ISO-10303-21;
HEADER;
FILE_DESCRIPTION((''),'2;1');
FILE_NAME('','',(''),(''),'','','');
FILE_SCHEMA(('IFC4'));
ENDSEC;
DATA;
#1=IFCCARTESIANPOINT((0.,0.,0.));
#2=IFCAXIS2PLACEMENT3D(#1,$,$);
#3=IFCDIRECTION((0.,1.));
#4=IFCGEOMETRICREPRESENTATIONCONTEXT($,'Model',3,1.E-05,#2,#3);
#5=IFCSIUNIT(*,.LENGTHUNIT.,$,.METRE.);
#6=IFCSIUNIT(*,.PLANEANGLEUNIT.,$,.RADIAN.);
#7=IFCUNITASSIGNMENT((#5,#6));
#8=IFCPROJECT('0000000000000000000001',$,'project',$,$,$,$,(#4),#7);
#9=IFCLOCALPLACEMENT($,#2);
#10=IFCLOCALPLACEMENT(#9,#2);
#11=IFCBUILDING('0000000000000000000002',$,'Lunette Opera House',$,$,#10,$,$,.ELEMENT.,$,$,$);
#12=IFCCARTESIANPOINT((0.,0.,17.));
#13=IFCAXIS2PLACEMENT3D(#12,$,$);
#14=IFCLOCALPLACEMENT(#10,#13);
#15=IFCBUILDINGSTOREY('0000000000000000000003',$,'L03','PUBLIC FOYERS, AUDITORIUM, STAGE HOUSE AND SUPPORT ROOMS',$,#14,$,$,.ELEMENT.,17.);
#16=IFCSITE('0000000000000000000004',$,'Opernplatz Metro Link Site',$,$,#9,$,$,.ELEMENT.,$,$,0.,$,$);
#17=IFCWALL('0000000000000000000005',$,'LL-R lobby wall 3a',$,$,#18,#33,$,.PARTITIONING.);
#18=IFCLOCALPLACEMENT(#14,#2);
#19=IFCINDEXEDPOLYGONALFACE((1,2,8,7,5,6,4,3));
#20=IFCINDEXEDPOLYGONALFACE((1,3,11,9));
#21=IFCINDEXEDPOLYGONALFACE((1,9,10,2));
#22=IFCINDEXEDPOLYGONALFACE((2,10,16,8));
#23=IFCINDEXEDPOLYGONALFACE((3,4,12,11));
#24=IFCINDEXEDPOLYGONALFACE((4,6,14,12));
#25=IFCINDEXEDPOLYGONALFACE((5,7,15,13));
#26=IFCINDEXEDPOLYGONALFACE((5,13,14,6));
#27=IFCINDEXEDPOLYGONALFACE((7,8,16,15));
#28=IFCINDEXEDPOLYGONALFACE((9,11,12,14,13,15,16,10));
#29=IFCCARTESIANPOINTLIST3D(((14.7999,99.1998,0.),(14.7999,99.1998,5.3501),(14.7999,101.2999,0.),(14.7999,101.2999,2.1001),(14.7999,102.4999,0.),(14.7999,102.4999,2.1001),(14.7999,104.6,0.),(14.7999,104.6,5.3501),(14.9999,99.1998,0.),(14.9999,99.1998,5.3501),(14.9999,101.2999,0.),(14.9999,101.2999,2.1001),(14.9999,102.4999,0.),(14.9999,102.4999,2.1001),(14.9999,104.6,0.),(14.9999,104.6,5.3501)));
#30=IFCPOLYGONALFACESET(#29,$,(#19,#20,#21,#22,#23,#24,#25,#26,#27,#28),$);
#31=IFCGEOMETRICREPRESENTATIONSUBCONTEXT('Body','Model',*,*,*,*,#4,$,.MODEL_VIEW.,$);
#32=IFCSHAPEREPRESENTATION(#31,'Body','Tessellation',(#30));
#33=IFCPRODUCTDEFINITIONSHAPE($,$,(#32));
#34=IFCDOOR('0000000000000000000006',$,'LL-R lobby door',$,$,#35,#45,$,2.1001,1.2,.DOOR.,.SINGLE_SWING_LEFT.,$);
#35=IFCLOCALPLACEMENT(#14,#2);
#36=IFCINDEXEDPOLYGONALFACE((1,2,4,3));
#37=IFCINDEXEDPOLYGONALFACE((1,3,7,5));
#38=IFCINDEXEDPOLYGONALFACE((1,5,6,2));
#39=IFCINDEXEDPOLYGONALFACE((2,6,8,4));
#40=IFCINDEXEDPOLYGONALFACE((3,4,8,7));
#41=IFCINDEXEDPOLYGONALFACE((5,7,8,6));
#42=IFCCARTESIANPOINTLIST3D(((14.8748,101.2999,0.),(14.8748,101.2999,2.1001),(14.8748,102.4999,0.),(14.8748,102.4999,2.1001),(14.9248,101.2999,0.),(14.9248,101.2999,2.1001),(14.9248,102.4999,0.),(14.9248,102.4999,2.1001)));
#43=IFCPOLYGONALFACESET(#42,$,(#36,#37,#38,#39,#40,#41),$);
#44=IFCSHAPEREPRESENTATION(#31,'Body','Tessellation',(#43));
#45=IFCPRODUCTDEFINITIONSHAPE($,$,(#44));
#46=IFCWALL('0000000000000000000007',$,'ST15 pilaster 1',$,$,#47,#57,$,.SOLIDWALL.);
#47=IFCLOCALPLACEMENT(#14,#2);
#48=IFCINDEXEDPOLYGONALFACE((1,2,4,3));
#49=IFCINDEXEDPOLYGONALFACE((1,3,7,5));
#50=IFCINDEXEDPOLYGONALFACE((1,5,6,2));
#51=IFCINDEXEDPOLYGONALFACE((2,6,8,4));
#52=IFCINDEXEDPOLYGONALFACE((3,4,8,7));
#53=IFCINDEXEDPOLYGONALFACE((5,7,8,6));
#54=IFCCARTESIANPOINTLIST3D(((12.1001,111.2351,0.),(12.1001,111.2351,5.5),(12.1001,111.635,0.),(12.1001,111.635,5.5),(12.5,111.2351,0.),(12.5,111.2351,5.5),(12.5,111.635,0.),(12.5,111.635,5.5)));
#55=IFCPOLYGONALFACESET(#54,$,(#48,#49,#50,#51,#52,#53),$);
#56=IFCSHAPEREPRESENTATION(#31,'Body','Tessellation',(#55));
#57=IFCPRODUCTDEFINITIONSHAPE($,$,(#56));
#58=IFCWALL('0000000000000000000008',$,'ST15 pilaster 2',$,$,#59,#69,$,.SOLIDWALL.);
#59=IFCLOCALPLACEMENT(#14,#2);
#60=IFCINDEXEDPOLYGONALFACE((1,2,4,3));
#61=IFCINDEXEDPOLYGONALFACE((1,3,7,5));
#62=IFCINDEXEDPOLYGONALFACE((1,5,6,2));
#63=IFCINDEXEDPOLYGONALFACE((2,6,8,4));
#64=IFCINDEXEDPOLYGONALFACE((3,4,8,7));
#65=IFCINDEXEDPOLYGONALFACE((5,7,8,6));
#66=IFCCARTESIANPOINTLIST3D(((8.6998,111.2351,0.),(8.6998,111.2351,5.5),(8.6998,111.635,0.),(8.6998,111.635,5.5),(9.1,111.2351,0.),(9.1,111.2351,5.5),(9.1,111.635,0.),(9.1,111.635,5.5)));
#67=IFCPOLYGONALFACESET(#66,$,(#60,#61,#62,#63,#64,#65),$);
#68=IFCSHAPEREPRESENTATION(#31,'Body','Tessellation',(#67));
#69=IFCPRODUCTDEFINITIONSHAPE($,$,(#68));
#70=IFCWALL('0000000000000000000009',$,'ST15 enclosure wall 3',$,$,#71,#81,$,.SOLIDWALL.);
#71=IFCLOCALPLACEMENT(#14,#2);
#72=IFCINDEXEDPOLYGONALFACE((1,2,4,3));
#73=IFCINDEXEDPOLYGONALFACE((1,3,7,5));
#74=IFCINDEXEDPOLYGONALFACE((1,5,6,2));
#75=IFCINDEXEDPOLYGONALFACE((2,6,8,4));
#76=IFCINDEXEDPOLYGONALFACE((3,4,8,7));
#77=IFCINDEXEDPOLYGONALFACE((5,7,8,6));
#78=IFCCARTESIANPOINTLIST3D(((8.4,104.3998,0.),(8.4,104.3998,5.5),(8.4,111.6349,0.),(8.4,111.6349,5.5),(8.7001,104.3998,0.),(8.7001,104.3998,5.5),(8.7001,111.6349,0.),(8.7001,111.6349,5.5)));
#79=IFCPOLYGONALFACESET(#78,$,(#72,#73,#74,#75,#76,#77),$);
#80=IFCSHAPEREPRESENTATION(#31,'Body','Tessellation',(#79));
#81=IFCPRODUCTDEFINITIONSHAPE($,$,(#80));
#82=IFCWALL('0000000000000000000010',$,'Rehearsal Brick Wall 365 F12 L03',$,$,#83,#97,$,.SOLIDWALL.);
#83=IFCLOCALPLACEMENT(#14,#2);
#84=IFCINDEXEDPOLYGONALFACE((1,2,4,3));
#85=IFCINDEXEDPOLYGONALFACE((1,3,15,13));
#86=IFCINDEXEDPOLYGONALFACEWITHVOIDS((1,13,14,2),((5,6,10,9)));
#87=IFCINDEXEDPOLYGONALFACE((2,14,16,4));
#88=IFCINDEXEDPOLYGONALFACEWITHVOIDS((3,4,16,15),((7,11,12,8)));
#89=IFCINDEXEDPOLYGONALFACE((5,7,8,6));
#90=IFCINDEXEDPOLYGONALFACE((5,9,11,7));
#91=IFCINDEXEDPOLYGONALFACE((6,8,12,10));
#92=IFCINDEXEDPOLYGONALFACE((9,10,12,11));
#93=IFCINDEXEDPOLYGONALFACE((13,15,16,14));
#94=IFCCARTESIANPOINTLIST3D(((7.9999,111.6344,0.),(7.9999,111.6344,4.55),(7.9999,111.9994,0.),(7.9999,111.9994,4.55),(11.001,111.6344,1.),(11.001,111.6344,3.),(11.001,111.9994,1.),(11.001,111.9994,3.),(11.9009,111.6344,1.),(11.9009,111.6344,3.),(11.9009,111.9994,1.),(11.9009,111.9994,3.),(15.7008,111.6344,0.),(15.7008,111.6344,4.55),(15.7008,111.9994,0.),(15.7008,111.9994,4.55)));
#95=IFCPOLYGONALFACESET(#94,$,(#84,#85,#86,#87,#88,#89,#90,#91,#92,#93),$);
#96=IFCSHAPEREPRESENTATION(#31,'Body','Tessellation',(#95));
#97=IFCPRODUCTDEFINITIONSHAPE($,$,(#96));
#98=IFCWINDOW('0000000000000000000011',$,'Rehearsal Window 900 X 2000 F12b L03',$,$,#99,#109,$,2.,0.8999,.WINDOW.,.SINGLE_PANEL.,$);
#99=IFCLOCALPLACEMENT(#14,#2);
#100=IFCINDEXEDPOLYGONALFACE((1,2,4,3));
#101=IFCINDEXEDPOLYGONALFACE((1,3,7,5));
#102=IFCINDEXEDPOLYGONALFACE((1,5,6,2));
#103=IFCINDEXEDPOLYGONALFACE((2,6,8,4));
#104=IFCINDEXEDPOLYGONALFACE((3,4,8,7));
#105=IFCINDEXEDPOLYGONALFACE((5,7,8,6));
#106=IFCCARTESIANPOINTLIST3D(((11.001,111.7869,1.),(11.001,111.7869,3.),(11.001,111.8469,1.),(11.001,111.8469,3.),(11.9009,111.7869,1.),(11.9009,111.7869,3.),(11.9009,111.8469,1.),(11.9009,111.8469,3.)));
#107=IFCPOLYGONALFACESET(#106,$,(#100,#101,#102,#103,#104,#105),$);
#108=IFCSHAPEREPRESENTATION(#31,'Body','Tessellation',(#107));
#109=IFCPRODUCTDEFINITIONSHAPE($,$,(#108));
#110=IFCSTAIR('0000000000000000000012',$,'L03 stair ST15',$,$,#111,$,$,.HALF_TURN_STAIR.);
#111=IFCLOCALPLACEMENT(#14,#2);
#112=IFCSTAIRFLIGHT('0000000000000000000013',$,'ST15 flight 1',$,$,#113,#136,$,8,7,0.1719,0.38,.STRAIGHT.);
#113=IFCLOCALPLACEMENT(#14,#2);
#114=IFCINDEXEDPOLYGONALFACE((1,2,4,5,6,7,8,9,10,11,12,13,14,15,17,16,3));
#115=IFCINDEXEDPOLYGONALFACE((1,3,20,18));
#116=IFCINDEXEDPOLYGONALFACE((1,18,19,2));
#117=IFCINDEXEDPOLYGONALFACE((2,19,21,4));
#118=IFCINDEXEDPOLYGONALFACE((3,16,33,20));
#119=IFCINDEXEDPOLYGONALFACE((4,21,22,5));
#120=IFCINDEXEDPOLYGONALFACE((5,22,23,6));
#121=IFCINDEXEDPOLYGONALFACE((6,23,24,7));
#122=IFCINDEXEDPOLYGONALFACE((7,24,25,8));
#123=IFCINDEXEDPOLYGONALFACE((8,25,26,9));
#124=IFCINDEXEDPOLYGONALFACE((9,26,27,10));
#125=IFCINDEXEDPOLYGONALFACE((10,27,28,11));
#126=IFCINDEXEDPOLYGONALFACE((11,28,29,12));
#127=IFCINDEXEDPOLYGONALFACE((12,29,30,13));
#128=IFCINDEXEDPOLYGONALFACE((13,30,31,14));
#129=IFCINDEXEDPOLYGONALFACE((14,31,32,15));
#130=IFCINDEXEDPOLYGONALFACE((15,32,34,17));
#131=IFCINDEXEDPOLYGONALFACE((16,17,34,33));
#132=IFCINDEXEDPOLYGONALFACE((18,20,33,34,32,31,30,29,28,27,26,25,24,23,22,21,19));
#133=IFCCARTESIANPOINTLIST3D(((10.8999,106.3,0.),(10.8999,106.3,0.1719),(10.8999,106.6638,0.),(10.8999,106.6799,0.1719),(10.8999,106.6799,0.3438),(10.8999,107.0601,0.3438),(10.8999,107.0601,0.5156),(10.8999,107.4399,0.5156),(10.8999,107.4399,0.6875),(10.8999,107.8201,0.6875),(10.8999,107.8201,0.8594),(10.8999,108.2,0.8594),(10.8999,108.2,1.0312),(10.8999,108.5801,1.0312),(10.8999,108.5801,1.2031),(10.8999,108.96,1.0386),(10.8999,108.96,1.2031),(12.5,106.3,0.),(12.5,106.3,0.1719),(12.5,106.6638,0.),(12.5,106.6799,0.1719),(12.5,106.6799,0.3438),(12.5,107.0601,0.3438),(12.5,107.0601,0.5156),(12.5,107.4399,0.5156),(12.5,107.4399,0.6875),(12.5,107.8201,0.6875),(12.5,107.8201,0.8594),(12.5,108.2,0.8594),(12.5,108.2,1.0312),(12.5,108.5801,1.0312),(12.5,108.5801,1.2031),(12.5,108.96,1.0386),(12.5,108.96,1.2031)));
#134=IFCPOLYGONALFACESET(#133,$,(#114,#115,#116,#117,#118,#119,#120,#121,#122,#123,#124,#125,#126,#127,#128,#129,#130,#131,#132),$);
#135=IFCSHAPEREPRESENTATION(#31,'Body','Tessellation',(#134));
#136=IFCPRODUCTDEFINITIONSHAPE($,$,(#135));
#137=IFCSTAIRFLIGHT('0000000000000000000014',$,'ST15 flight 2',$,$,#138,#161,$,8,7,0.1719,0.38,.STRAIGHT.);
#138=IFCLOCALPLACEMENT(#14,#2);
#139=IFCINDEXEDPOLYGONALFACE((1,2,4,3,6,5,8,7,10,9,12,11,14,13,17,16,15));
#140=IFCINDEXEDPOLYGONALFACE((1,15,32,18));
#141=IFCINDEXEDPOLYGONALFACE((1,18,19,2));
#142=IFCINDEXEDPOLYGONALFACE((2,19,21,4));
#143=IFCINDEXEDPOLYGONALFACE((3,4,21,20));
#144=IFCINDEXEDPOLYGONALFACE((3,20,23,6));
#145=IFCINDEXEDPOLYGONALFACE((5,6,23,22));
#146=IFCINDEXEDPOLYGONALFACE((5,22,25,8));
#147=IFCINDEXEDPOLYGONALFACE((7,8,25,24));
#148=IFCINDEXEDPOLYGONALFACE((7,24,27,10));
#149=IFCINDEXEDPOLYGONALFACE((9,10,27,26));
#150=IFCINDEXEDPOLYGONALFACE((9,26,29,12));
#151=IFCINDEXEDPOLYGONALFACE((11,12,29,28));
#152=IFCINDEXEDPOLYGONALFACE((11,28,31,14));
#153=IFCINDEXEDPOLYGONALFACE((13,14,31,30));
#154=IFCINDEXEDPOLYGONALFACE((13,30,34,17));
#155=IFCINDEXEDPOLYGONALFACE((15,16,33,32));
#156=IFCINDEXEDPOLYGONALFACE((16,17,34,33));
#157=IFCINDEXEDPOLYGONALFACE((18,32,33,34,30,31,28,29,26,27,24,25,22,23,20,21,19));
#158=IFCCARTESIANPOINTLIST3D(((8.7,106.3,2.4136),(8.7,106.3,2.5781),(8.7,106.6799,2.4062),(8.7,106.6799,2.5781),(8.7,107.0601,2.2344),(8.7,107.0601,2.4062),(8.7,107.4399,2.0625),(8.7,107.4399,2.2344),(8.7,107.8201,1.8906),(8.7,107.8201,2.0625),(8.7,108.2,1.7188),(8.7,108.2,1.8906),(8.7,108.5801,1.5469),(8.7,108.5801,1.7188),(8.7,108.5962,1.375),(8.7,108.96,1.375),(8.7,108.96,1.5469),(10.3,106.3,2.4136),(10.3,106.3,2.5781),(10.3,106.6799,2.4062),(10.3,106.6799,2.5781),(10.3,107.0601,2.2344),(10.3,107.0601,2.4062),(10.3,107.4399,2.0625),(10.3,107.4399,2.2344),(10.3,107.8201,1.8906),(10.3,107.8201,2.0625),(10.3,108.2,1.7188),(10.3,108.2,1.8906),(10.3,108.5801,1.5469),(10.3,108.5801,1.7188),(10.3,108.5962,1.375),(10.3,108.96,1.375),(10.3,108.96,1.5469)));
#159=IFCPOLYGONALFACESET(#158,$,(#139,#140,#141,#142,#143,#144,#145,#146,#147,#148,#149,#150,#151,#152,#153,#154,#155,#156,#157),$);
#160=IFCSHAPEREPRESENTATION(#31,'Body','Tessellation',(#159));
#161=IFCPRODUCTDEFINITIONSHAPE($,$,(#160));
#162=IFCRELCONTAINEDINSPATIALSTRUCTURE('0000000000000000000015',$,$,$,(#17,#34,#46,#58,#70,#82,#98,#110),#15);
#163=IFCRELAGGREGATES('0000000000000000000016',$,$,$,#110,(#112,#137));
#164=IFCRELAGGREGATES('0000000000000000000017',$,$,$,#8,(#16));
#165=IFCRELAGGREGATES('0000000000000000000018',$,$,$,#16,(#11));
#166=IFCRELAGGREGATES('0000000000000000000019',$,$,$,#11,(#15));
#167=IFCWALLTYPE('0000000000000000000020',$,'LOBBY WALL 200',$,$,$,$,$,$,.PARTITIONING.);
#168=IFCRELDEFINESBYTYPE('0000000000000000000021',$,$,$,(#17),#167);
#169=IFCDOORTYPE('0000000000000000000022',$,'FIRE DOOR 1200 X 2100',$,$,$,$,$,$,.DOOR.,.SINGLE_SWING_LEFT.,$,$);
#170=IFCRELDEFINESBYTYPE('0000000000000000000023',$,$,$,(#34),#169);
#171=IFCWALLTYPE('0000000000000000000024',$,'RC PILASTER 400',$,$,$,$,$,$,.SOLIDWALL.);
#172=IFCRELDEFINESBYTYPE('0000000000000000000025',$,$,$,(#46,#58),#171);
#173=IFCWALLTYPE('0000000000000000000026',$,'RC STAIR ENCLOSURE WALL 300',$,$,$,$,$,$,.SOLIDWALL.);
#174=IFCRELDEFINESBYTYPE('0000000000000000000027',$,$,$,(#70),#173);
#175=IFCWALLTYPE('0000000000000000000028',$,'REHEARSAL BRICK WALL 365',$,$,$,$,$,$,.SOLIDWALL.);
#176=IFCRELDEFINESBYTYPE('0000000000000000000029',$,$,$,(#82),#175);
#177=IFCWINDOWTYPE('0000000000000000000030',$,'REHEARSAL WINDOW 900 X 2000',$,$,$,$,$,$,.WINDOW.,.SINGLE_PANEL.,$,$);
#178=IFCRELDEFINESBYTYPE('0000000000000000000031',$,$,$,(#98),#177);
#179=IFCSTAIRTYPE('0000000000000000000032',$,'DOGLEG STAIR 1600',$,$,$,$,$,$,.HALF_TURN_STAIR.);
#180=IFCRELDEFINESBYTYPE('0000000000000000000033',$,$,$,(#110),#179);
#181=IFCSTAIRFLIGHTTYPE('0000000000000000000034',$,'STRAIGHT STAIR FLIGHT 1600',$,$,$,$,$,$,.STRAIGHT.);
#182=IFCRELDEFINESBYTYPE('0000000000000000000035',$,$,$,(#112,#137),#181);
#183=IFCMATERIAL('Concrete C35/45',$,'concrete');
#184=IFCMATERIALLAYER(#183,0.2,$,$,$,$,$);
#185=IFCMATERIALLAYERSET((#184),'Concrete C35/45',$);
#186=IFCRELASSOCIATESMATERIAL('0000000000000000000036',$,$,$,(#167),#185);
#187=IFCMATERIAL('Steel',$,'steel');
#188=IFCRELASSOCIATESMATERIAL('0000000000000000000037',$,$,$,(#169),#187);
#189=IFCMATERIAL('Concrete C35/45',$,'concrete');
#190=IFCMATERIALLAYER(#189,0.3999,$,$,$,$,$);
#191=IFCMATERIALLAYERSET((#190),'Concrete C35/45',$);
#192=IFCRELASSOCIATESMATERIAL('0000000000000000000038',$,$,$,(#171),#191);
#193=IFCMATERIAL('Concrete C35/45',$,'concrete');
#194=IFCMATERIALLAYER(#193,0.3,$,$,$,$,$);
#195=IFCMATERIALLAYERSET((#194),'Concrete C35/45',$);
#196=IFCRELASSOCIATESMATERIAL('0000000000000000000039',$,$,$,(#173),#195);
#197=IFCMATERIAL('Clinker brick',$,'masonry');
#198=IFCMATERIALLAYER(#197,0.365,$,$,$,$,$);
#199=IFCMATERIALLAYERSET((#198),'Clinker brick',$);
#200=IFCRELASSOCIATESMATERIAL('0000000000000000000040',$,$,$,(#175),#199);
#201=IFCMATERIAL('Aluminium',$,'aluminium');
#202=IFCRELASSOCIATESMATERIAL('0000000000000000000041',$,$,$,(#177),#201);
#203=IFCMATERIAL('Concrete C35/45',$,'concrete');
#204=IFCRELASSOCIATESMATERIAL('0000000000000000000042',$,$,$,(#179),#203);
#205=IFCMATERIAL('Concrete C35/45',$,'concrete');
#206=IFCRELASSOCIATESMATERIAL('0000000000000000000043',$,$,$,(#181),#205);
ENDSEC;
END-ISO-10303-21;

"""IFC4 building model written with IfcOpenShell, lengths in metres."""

from ifc_helpers import new_model, si_unit, direction, frame, frame_2d, origin, place, context, subcontext, project, spatial, polyline, rectangle, outline, extrude, material, layer, layer_set, type_object, element, fill, aggregate, save


model = new_model("IFC4")

# Units and contexts
model_context = context("Model", 3, precision=1e-05, world=origin(), true_north=direction((0.0, 1.0)))
body_context = subcontext(model_context, "Body", "Model", "MODEL_VIEW")
ifc_project = project(units=[si_unit("LENGTHUNIT", "METRE"), si_unit("PLANEANGLEUNIT", "RADIAN")], contexts=[model_context])

# Site, building, storey
site_placement = place(None, origin())
site = spatial("IfcSite", under=ifc_project, at=site_placement, Name="Opernplatz Metro Link Site", CompositionType="ELEMENT", RefElevation=0.0)
building_placement = place(site_placement, origin())
building = spatial("IfcBuilding", under=site, at=building_placement, Name="Lunette Opera House", CompositionType="ELEMENT")
storey_placement = place(building_placement, frame((0.0, 0.0, 17.0)))
storey = spatial("IfcBuildingStorey", under=building, at=storey_placement, Name="L03", Description="PUBLIC FOYERS, AUDITORIUM, STAGE HOUSE AND SUPPORT ROOMS", CompositionType="ELEMENT", Elevation=17.0)

# Wall, opening, door
ifc_material_1 = material(Name="Concrete C35/45", Category="concrete")
ifc_layer_1 = layer(ifc_material_1, 0.2)
ifc_layer_set_1 = layer_set([ifc_layer_1], Name="Concrete C35/45")
wall_type_1 = type_object("IfcWallType", Name="LOBBY WALL 200", PredefinedType="PARTITIONING", material=ifc_layer_set_1)
wall_1_placement = place(storey_placement, frame((14.8999, 104.6001, 0.0), z_axis=(0.0, 0.0, 1.0), x_axis=(0.0, -1.0, 0.0)))
wall_1 = element("IfcWall", 1, at=wall_1_placement, inside=storey, type_object=wall_type_1, Name="LL-R lobby wall 3a", PredefinedType="PARTITIONING", context=body_context, shape_type="SweptSolid", body=[
    extrude(rectangle(XDim=5.4001, YDim=0.2, at=frame_2d((2.7002, 0.0))), origin(), (0.0, 0.0, 1.0), 5.3501),
])
opening_1_placement = place(wall_1_placement, frame((2.1001, 0.0, 0.0)))
opening_1 = element("IfcOpeningElement", 2, at=opening_1_placement, cuts=wall_1, PredefinedType="OPENING", context=body_context, shape_type="SweptSolid", body=[
    extrude(rectangle(XDim=1.2, YDim=2.1001, at=frame_2d((0.6001, 1.05))), frame((0.0, 0.1121, 0.0), z_axis=(0.0, -1.0, 0.0), x_axis=(1.0, 0.0, 0.0)), (0.0, 0.0, 1.0), 0.2239),
])
ifc_material_2 = material(Name="Steel", Category="steel")
door_type = type_object("IfcDoorType", Name="FIRE DOOR 1200 X 2100", OperationType="SINGLE_SWING_LEFT", PredefinedType="DOOR", material=ifc_material_2)
door_placement = place(opening_1_placement, origin())
door = element("IfcDoor", 3, at=door_placement, inside=storey, type_object=door_type, Name="LL-R lobby door", OperationType="SINGLE_SWING_LEFT", OverallHeight=2.1001, OverallWidth=1.2, PredefinedType="DOOR", context=body_context, shape_type="SweptSolid", body=[
    extrude(rectangle(XDim=1.2, YDim=2.1001, at=frame_2d((0.6001, 1.05))), frame((0.0, 0.0249, 0.0), z_axis=(0.0, -1.0, 0.0), x_axis=(1.0, 0.0, 0.0)), (0.0, 0.0, 1.0), 0.05),
])
fill(opening_1, door)

# Walls
ifc_material_3 = material(Name="Concrete C35/45", Category="concrete")
ifc_layer_2 = layer(ifc_material_3, 0.3999)
ifc_layer_set_2 = layer_set([ifc_layer_2], Name="Concrete C35/45")
wall_type_2 = type_object("IfcWallType", Name="RC PILASTER 400", PredefinedType="SOLIDWALL", material=ifc_layer_set_2)
wall_2_placement = place(storey_placement, frame((12.5, 111.4351, 0.0), z_axis=(0.0, 0.0, 1.0), x_axis=(-1.0, 0.0, 0.0)))
element("IfcWall", 4, at=wall_2_placement, inside=storey, type_object=wall_type_2, Name="ST15 pilaster 1", PredefinedType="SOLIDWALL", context=body_context, shape_type="SweptSolid", body=[
    extrude(rectangle(XDim=0.3999, YDim=0.3999, at=frame_2d((0.2, 0.0))), origin(), (0.0, 0.0, 1.0), 5.5),
])
wall_3_placement = place(storey_placement, frame((9.1001, 111.4351, 0.0), z_axis=(0.0, 0.0, 1.0), x_axis=(-1.0, 0.0, 0.0)))
element("IfcWall", 5, at=wall_3_placement, inside=storey, type_object=wall_type_2, Name="ST15 pilaster 2", PredefinedType="SOLIDWALL", context=body_context, shape_type="SweptSolid", body=[
    extrude(rectangle(XDim=0.4001, YDim=0.3999, at=frame_2d((0.2002, 0.0))), origin(), (0.0, 0.0, 1.0), 5.5),
])
ifc_material_4 = material(Name="Concrete C35/45", Category="concrete")
ifc_layer_3 = layer(ifc_material_4, 0.3)
ifc_layer_set_3 = layer_set([ifc_layer_3], Name="Concrete C35/45")
wall_type_3 = type_object("IfcWallType", Name="RC STAIR ENCLOSURE WALL 300", PredefinedType="SOLIDWALL", material=ifc_layer_set_3)
wall_4_placement = place(storey_placement, frame((8.55, 111.635, 0.0), z_axis=(0.0, 0.0, 1.0), x_axis=(0.0, -1.0, 0.0)))
element("IfcWall", 6, at=wall_4_placement, inside=storey, type_object=wall_type_3, Name="ST15 enclosure wall 3", PredefinedType="SOLIDWALL", context=body_context, shape_type="SweptSolid", body=[
    extrude(rectangle(XDim=7.2351, YDim=0.3, at=frame_2d((3.6177, 0.0))), origin(), (0.0, 0.0, 1.0), 5.5),
])

# Wall, opening, window
ifc_material_5 = material(Name="Clinker brick", Category="masonry")
ifc_layer_4 = layer(ifc_material_5, 0.365)
ifc_layer_set_4 = layer_set([ifc_layer_4], Name="Clinker brick")
wall_type_4 = type_object("IfcWallType", Name="REHEARSAL BRICK WALL 365", PredefinedType="SOLIDWALL", material=ifc_layer_set_4)
wall_5_placement = place(storey_placement, frame((15.7009, 111.8169, 0.0), z_axis=(0.0, 0.0, 1.0), x_axis=(-1.0, 0.0, 0.0)))
wall_5 = element("IfcWall", 7, at=wall_5_placement, inside=storey, type_object=wall_type_4, Name="Rehearsal Brick Wall 365 F12 L03", PredefinedType="SOLIDWALL", context=body_context, shape_type="SweptSolid", body=[
    extrude(rectangle(XDim=7.7009, YDim=0.365, at=frame_2d((3.8506, 0.0))), origin(), (0.0, 0.0, 1.0), 4.55),
])
opening_2_placement = place(wall_5_placement, frame((3.8, 0.0, 1.0)))
opening_2 = element("IfcOpeningElement", 8, at=opening_2_placement, cuts=wall_5, PredefinedType="OPENING", context=body_context, shape_type="SweptSolid", body=[
    extrude(rectangle(XDim=0.8999, YDim=2.0, at=frame_2d((0.45, 1.0))), frame((0.0, 0.1946, 0.0), z_axis=(0.0, -1.0, 0.0), x_axis=(1.0, 0.0, 0.0)), (0.0, 0.0, 1.0), 0.3889),
])
ifc_material_6 = material(Name="Aluminium", Category="aluminium")
window_type = type_object("IfcWindowType", Name="REHEARSAL WINDOW 900 X 2000", PartitioningType="SINGLE_PANEL", PredefinedType="WINDOW", material=ifc_material_6)
window_placement = place(opening_2_placement, origin())
window = element("IfcWindow", 9, at=window_placement, inside=storey, type_object=window_type, Name="Rehearsal Window 900 X 2000 F12b L03", OverallHeight=2.0, OverallWidth=0.8999, PartitioningType="SINGLE_PANEL", PredefinedType="WINDOW", context=body_context, shape_type="SweptSolid", body=[
    extrude(rectangle(XDim=0.8999, YDim=2.0, at=frame_2d((0.45, 1.0))), frame((0.0, 0.03, 0.0), z_axis=(0.0, -1.0, 0.0), x_axis=(1.0, 0.0, 0.0)), (0.0, 0.0, 1.0), 0.0601),
])
fill(opening_2, window)

# Stair, stair flights
ifc_material_7 = material(Name="Concrete C35/45", Category="concrete")
stair_type = type_object("IfcStairType", Name="DOGLEG STAIR 1600", PredefinedType="HALF_TURN_STAIR", material=ifc_material_7)
stair_placement = place(storey_placement, origin())
stair = element("IfcStair", 10, at=stair_placement, inside=storey, type_object=stair_type, Name="L03 stair ST15", PredefinedType="HALF_TURN_STAIR")
ifc_material_8 = material(Name="Concrete C35/45", Category="concrete")
stair_flight_type = type_object("IfcStairFlightType", Name="STRAIGHT STAIR FLIGHT 1600", PredefinedType="STRAIGHT", material=ifc_material_8)
stair_flight_1_placement = place(storey_placement, frame((11.7, 106.3, 0.0), z_axis=(0.0, 0.0, 1.0), x_axis=(0.0, 1.0, 0.0)))
stair_flight_1 = element("IfcStairFlight", 11, at=stair_flight_1_placement, type_object=stair_flight_type, Name="ST15 flight 1", NumberOfRisers=8, NumberOfTreads=7, PredefinedType="STRAIGHT", RiserHeight=0.1719, TreadLength=0.38, context=body_context, shape_type="SweptSolid", body=[
    extrude(outline(polyline([(0.0, 0.0), (0.0, 0.1719), (0.3799, 0.1719), (0.3799, 0.3438), (0.76, 0.3438), (0.76, 0.5156), (1.1399, 0.5156), (1.1399, 0.6875), (1.52, 0.6875), (1.52, 0.8594), (1.8999, 0.8594), (1.8999, 1.0312), (2.28, 1.0312), (2.28, 1.2031), (2.6599, 1.2031), (2.6599, 1.375), (2.6599, 1.0386), (0.3638, 0.0), (0.0, 0.0)])), frame((0.0, 0.8, 0.0), z_axis=(0.0, -1.0, 0.0), x_axis=(1.0, 0.0, 0.0)), (0.0, 0.0, 1.0), 1.6001),
])
stair_flight_2_placement = place(storey_placement, frame((9.5, 108.96, 1.375), z_axis=(0.0, 0.0, 1.0), x_axis=(0.0, -1.0, 0.0)))
stair_flight_2 = element("IfcStairFlight", 12, at=stair_flight_2_placement, type_object=stair_flight_type, Name="ST15 flight 2", NumberOfRisers=8, NumberOfTreads=7, PredefinedType="STRAIGHT", RiserHeight=0.1719, TreadLength=0.38, context=body_context, shape_type="SweptSolid", body=[
    extrude(outline(polyline([(0.0, 0.0), (0.0, 0.1719), (0.3799, 0.1719), (0.3799, 0.3438), (0.76, 0.3438), (0.76, 0.5156), (1.1399, 0.5156), (1.1399, 0.6875), (1.52, 0.6875), (1.52, 0.8594), (1.8999, 0.8594), (1.8999, 1.0312), (2.28, 1.0312), (2.28, 1.2031), (2.6599, 1.2031), (2.6599, 1.375), (2.6599, 1.0386), (0.3638, 0.0), (0.0, 0.0)])), frame((0.0, 0.8, 0.0), z_axis=(0.0, -1.0, 0.0), x_axis=(1.0, 0.0, 0.0)), (0.0, 0.0, 1.0), 1.6001),
])
aggregate(stair, [stair_flight_1, stair_flight_2])

save(model, "model.ifc")
